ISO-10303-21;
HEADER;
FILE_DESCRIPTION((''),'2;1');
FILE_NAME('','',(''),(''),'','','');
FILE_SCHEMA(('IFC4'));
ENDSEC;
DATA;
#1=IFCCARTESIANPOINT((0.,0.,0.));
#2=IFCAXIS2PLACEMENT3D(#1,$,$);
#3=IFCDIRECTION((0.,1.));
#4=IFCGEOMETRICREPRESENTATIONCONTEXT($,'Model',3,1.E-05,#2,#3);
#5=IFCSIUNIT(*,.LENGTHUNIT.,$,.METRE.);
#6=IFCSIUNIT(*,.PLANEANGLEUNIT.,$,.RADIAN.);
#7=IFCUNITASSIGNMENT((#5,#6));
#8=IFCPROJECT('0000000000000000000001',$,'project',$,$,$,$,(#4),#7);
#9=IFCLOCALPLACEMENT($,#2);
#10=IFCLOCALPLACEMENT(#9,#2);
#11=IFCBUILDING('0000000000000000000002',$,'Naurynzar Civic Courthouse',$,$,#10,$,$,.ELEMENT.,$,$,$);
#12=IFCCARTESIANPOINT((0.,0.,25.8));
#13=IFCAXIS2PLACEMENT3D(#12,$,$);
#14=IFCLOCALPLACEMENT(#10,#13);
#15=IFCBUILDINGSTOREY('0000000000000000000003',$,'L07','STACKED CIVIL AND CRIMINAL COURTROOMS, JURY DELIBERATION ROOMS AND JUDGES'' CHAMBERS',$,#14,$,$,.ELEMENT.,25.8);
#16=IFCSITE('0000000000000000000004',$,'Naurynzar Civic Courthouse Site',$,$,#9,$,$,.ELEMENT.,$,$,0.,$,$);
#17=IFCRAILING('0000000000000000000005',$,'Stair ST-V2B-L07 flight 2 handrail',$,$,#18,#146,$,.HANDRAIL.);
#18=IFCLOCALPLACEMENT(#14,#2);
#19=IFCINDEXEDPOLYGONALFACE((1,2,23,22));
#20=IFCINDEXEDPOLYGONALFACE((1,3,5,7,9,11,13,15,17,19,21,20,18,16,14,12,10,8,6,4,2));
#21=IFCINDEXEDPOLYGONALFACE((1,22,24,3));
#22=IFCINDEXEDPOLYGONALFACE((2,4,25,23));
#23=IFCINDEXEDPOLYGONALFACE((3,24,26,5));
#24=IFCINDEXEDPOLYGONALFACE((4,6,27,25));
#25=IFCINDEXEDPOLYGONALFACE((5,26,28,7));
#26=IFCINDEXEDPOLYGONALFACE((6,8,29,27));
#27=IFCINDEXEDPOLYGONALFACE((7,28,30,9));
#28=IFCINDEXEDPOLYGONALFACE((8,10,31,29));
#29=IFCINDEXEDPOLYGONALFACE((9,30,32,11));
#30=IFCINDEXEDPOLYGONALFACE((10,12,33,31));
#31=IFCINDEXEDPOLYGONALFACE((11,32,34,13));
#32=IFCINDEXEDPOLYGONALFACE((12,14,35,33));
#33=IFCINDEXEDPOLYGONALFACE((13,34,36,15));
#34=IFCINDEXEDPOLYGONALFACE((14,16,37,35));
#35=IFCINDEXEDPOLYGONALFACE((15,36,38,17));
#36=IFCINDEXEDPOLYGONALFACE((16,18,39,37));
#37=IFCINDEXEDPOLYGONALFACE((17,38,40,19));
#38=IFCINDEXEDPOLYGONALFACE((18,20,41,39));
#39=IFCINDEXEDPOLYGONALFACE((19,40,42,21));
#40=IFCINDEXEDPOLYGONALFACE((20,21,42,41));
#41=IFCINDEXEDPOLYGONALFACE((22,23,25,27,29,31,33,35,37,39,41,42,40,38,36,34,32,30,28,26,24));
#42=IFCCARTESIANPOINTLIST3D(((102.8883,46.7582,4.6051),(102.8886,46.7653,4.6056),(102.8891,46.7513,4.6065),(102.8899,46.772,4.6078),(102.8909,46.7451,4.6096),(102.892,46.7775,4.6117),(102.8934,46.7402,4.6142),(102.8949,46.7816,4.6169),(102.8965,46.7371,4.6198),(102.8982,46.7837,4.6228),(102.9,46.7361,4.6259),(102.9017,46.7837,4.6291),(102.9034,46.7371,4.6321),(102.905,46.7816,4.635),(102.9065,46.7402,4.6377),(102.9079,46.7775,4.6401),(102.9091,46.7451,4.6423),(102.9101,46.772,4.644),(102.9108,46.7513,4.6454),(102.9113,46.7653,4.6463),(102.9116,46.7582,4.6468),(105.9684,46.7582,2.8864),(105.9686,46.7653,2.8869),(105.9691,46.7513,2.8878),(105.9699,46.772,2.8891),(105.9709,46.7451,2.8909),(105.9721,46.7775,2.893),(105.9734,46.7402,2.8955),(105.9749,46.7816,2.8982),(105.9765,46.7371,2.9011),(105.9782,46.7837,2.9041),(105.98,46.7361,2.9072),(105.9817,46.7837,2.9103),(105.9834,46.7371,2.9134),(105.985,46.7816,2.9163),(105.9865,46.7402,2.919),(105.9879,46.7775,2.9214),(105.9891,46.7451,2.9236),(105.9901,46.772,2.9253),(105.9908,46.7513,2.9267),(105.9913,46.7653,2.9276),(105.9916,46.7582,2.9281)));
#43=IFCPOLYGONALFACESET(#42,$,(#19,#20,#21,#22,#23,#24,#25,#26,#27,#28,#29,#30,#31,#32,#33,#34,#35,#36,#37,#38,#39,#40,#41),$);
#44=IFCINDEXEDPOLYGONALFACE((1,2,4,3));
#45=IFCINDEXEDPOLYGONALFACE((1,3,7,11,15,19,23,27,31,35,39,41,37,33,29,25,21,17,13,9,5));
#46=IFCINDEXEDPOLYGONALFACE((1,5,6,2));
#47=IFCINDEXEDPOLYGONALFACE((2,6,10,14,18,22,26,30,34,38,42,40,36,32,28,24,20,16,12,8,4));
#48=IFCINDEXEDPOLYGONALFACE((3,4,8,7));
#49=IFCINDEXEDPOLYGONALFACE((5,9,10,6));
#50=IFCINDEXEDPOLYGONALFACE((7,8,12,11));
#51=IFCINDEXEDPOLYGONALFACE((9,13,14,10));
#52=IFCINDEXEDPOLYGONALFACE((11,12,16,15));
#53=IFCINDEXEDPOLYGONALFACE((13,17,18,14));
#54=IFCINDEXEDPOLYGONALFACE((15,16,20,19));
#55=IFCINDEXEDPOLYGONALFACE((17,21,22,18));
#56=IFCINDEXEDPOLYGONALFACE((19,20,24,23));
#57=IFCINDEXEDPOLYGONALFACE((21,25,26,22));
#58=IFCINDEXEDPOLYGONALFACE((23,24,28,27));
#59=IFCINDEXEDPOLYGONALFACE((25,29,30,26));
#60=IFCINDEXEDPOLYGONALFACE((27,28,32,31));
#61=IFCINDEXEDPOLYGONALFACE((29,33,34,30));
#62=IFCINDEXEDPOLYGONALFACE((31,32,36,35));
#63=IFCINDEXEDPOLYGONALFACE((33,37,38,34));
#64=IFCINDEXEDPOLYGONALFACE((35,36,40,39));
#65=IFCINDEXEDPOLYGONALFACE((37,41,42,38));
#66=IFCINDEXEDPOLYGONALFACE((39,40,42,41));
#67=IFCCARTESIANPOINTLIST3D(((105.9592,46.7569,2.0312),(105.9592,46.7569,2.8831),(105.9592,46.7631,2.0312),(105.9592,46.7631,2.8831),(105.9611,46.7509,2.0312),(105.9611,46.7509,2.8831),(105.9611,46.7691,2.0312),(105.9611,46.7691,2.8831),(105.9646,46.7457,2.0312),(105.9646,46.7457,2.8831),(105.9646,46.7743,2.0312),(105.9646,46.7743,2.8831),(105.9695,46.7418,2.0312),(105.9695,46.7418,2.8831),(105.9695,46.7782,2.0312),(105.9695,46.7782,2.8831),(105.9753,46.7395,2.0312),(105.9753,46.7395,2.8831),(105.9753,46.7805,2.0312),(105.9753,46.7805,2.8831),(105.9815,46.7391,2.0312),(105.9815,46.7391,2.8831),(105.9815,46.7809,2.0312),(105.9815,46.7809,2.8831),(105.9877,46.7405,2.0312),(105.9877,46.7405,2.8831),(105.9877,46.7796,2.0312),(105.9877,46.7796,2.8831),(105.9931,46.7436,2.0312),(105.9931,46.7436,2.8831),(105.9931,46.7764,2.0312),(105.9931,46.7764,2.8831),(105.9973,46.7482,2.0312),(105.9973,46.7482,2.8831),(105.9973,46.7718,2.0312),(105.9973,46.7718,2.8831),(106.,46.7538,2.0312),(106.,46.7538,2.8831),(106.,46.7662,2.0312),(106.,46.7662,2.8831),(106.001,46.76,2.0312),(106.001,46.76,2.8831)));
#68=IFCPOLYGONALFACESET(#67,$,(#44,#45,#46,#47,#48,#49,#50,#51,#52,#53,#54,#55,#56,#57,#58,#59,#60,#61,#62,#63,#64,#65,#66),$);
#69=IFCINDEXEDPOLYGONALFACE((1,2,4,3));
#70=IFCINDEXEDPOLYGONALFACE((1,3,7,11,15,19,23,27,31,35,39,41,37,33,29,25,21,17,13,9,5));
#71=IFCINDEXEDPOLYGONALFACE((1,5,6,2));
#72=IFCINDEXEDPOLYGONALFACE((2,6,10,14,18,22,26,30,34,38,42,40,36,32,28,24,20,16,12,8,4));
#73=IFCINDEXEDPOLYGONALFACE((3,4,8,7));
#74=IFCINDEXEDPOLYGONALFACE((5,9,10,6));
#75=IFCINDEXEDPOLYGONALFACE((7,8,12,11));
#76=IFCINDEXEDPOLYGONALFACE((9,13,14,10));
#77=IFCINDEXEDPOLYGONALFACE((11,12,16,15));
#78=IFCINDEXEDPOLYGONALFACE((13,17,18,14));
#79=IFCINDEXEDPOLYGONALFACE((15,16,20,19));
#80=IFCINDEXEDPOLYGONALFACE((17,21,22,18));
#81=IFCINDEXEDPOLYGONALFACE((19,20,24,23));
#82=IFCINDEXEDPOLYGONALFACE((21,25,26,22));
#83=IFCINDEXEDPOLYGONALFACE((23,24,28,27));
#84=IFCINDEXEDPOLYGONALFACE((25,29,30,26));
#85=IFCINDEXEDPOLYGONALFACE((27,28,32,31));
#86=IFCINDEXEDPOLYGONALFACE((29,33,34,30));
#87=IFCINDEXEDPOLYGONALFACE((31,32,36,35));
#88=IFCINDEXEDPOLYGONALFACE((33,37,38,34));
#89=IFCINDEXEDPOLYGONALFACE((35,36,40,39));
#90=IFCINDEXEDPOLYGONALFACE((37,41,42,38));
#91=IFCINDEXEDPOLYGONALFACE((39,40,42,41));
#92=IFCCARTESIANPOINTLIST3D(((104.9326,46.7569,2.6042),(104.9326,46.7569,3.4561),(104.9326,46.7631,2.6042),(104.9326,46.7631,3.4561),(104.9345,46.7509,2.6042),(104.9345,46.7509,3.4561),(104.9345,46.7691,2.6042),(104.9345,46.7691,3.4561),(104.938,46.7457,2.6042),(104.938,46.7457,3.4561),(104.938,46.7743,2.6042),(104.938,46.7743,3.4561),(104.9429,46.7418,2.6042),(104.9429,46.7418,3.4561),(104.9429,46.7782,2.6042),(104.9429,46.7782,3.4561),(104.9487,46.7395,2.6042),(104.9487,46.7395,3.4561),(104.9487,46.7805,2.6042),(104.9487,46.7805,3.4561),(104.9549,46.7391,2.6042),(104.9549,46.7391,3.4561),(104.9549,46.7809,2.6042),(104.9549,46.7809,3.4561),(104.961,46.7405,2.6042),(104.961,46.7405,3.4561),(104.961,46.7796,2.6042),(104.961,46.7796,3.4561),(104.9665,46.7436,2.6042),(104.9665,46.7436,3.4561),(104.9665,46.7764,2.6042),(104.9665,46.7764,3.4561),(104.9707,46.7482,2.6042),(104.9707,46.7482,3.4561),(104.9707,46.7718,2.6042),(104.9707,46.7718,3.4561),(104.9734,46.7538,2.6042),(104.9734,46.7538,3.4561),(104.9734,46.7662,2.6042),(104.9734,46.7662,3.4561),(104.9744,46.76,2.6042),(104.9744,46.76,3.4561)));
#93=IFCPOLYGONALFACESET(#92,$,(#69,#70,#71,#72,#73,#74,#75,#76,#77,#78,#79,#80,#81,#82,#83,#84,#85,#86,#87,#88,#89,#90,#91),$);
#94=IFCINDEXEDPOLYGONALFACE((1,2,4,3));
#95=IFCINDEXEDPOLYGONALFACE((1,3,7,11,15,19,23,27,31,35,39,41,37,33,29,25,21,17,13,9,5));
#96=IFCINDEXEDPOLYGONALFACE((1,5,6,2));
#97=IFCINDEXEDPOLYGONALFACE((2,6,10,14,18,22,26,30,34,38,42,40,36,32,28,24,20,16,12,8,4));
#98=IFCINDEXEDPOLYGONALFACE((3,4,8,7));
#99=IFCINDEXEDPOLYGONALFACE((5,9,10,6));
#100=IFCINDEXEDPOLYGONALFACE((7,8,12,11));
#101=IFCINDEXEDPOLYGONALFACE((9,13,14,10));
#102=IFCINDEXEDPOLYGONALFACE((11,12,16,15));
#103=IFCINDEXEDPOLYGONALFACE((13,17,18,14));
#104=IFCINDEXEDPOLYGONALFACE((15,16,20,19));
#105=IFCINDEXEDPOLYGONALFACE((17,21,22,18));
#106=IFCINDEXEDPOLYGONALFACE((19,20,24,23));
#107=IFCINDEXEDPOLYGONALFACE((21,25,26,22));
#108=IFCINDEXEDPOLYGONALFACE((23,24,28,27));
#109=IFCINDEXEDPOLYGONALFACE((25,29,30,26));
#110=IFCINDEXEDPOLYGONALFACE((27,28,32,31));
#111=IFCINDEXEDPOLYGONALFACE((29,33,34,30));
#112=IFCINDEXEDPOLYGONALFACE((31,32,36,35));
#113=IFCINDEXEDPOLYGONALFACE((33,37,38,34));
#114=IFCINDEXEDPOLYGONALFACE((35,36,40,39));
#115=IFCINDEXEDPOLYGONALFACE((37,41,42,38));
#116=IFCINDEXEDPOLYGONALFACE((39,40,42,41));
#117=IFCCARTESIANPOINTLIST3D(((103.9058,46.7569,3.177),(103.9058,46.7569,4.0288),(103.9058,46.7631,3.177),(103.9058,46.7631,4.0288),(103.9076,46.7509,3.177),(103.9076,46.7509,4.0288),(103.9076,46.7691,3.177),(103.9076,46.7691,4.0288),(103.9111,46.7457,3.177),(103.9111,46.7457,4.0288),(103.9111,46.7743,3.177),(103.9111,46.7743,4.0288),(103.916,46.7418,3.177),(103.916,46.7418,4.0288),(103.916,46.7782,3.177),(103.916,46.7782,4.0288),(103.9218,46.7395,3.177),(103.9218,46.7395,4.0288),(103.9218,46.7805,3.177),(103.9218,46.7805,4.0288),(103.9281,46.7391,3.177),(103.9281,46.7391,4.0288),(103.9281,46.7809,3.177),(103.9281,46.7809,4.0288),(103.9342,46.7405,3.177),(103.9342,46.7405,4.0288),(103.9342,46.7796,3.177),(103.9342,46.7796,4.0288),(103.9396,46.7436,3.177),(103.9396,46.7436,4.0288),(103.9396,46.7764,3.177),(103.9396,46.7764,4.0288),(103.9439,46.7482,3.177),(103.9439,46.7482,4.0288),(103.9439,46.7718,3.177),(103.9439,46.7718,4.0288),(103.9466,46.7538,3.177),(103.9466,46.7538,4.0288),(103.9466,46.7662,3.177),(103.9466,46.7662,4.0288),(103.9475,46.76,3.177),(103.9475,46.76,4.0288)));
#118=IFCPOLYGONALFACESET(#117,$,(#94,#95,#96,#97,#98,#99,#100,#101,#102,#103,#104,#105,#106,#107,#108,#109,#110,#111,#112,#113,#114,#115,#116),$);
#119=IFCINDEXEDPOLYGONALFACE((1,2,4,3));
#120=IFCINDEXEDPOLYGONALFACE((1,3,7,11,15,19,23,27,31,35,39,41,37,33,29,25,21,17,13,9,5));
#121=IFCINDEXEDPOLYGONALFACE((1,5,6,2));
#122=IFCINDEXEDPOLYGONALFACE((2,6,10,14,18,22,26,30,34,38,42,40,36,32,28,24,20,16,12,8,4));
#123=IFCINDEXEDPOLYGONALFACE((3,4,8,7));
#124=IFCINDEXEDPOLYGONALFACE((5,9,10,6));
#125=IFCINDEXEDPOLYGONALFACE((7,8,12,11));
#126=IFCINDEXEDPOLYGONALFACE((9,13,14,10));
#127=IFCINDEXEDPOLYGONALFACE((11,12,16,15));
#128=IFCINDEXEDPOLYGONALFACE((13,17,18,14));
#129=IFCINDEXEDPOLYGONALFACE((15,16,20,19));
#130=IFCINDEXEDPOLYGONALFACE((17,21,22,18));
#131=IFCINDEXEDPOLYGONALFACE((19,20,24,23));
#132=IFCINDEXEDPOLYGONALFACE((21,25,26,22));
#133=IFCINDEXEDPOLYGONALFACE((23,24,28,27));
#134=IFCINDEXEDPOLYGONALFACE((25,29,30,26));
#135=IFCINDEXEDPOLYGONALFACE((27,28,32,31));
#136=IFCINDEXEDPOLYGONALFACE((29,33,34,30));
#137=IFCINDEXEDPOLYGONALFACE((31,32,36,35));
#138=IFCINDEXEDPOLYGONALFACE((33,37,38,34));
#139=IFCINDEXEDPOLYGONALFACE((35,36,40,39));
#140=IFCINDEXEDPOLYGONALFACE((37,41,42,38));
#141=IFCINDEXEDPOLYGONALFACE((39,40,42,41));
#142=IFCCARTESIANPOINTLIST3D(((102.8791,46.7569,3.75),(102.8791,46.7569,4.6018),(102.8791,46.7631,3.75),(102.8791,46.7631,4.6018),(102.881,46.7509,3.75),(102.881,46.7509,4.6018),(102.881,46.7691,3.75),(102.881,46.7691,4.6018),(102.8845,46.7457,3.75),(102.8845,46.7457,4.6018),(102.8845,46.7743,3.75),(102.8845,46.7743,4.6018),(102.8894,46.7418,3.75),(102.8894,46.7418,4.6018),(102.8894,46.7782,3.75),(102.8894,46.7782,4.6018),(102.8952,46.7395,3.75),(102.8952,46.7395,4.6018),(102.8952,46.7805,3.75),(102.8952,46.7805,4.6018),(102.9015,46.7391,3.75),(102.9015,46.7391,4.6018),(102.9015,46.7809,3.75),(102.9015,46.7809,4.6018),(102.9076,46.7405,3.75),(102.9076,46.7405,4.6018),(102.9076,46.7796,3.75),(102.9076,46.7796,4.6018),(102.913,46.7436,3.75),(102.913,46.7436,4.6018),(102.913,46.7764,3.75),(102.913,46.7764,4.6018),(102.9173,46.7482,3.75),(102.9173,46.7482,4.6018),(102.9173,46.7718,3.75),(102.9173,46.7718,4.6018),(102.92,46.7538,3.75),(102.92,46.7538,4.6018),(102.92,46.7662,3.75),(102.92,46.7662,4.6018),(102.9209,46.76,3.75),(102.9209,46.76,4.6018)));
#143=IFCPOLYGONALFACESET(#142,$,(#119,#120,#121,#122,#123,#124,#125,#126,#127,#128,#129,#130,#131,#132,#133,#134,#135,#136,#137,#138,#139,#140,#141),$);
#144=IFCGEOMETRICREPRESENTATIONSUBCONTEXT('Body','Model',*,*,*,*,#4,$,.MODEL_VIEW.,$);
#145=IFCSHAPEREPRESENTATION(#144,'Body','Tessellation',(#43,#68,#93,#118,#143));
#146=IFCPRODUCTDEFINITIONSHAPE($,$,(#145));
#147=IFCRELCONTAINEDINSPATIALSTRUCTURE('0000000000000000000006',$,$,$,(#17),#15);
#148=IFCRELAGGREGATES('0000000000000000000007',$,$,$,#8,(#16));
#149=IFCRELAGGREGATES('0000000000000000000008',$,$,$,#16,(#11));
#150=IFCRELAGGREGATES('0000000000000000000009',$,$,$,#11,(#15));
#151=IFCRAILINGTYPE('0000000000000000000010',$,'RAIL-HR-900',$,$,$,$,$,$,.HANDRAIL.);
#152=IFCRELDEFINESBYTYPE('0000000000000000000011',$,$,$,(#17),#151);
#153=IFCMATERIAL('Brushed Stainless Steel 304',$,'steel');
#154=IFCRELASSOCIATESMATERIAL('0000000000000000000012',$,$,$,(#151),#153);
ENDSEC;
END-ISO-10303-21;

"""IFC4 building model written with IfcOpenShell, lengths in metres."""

from ifc_helpers import new_model, si_unit, direction, frame, origin, origin_2d, place, context, subcontext, project, spatial, circle, extrude, material, type_object, element, save


model = new_model("IFC4")

# Units and contexts
model_context = context("Model", 3, precision=1e-05, world=origin(), true_north=direction((0.0, 1.0)))
body_context = subcontext(model_context, "Body", "Model", "MODEL_VIEW")
ifc_project = project(units=[si_unit("LENGTHUNIT", "METRE"), si_unit("PLANEANGLEUNIT", "RADIAN")], contexts=[model_context])

# Site, building, storey
site_placement = place(None, origin())
site = spatial("IfcSite", under=ifc_project, at=site_placement, Name="Naurynzar Civic Courthouse Site", CompositionType="ELEMENT", RefElevation=0.0)
building_placement = place(site_placement, origin())
building = spatial("IfcBuilding", under=site, at=building_placement, Name="Naurynzar Civic Courthouse", CompositionType="ELEMENT")
storey_placement = place(building_placement, frame((0.0, 0.0, 25.8)))
storey = spatial("IfcBuildingStorey", under=building, at=storey_placement, Name="L07", Description="STACKED CIVIL AND CRIMINAL COURTROOMS, JURY DELIBERATION ROOMS AND JUDGES' CHAMBERS", CompositionType="ELEMENT", Elevation=25.8)

# Railing
ifc_material_1 = material(Name="Brushed Stainless Steel 304", Category="steel")
railing_type_1 = type_object("IfcRailingType", Name="RAIL-HR-900", PredefinedType="HANDRAIL", material=ifc_material_1)
railing_1_placement = place(storey_placement, frame((105.98, 46.76, 2.0312)))
element("IfcRailing", 1, at=railing_1_placement, inside=storey, type_object=railing_type_1, Name="Stair ST-V2B-L07 flight 2 handrail", PredefinedType="HANDRAIL", context=body_context, shape_type="SweptSolid", body=[
    extrude(circle(Radius=0.0239, at=origin_2d()), frame((0.0, 0.0, 0.876), z_axis=(-0.873242, 0.0, 0.487288), x_axis=(0.0, -1.0, 0.0)), (0.0, 0.0, 1.0), 3.5271),
    extrude(circle(Radius=0.021, at=origin_2d()), origin(), (0.0, 0.0, 1.0), 0.8518),
    extrude(circle(Radius=0.021, at=origin_2d()), frame((-1.0266, 0.0, 0.573)), (0.0, 0.0, 1.0), 0.8518),
    extrude(circle(Radius=0.021, at=origin_2d()), frame((-2.0535, 0.0, 1.1458)), (0.0, 0.0, 1.0), 0.8518),
    extrude(circle(Radius=0.021, at=origin_2d()), frame((-3.0801, 0.0, 1.7188)), (0.0, 0.0, 1.0), 0.8518),
])

save(model, "model.ifc")
